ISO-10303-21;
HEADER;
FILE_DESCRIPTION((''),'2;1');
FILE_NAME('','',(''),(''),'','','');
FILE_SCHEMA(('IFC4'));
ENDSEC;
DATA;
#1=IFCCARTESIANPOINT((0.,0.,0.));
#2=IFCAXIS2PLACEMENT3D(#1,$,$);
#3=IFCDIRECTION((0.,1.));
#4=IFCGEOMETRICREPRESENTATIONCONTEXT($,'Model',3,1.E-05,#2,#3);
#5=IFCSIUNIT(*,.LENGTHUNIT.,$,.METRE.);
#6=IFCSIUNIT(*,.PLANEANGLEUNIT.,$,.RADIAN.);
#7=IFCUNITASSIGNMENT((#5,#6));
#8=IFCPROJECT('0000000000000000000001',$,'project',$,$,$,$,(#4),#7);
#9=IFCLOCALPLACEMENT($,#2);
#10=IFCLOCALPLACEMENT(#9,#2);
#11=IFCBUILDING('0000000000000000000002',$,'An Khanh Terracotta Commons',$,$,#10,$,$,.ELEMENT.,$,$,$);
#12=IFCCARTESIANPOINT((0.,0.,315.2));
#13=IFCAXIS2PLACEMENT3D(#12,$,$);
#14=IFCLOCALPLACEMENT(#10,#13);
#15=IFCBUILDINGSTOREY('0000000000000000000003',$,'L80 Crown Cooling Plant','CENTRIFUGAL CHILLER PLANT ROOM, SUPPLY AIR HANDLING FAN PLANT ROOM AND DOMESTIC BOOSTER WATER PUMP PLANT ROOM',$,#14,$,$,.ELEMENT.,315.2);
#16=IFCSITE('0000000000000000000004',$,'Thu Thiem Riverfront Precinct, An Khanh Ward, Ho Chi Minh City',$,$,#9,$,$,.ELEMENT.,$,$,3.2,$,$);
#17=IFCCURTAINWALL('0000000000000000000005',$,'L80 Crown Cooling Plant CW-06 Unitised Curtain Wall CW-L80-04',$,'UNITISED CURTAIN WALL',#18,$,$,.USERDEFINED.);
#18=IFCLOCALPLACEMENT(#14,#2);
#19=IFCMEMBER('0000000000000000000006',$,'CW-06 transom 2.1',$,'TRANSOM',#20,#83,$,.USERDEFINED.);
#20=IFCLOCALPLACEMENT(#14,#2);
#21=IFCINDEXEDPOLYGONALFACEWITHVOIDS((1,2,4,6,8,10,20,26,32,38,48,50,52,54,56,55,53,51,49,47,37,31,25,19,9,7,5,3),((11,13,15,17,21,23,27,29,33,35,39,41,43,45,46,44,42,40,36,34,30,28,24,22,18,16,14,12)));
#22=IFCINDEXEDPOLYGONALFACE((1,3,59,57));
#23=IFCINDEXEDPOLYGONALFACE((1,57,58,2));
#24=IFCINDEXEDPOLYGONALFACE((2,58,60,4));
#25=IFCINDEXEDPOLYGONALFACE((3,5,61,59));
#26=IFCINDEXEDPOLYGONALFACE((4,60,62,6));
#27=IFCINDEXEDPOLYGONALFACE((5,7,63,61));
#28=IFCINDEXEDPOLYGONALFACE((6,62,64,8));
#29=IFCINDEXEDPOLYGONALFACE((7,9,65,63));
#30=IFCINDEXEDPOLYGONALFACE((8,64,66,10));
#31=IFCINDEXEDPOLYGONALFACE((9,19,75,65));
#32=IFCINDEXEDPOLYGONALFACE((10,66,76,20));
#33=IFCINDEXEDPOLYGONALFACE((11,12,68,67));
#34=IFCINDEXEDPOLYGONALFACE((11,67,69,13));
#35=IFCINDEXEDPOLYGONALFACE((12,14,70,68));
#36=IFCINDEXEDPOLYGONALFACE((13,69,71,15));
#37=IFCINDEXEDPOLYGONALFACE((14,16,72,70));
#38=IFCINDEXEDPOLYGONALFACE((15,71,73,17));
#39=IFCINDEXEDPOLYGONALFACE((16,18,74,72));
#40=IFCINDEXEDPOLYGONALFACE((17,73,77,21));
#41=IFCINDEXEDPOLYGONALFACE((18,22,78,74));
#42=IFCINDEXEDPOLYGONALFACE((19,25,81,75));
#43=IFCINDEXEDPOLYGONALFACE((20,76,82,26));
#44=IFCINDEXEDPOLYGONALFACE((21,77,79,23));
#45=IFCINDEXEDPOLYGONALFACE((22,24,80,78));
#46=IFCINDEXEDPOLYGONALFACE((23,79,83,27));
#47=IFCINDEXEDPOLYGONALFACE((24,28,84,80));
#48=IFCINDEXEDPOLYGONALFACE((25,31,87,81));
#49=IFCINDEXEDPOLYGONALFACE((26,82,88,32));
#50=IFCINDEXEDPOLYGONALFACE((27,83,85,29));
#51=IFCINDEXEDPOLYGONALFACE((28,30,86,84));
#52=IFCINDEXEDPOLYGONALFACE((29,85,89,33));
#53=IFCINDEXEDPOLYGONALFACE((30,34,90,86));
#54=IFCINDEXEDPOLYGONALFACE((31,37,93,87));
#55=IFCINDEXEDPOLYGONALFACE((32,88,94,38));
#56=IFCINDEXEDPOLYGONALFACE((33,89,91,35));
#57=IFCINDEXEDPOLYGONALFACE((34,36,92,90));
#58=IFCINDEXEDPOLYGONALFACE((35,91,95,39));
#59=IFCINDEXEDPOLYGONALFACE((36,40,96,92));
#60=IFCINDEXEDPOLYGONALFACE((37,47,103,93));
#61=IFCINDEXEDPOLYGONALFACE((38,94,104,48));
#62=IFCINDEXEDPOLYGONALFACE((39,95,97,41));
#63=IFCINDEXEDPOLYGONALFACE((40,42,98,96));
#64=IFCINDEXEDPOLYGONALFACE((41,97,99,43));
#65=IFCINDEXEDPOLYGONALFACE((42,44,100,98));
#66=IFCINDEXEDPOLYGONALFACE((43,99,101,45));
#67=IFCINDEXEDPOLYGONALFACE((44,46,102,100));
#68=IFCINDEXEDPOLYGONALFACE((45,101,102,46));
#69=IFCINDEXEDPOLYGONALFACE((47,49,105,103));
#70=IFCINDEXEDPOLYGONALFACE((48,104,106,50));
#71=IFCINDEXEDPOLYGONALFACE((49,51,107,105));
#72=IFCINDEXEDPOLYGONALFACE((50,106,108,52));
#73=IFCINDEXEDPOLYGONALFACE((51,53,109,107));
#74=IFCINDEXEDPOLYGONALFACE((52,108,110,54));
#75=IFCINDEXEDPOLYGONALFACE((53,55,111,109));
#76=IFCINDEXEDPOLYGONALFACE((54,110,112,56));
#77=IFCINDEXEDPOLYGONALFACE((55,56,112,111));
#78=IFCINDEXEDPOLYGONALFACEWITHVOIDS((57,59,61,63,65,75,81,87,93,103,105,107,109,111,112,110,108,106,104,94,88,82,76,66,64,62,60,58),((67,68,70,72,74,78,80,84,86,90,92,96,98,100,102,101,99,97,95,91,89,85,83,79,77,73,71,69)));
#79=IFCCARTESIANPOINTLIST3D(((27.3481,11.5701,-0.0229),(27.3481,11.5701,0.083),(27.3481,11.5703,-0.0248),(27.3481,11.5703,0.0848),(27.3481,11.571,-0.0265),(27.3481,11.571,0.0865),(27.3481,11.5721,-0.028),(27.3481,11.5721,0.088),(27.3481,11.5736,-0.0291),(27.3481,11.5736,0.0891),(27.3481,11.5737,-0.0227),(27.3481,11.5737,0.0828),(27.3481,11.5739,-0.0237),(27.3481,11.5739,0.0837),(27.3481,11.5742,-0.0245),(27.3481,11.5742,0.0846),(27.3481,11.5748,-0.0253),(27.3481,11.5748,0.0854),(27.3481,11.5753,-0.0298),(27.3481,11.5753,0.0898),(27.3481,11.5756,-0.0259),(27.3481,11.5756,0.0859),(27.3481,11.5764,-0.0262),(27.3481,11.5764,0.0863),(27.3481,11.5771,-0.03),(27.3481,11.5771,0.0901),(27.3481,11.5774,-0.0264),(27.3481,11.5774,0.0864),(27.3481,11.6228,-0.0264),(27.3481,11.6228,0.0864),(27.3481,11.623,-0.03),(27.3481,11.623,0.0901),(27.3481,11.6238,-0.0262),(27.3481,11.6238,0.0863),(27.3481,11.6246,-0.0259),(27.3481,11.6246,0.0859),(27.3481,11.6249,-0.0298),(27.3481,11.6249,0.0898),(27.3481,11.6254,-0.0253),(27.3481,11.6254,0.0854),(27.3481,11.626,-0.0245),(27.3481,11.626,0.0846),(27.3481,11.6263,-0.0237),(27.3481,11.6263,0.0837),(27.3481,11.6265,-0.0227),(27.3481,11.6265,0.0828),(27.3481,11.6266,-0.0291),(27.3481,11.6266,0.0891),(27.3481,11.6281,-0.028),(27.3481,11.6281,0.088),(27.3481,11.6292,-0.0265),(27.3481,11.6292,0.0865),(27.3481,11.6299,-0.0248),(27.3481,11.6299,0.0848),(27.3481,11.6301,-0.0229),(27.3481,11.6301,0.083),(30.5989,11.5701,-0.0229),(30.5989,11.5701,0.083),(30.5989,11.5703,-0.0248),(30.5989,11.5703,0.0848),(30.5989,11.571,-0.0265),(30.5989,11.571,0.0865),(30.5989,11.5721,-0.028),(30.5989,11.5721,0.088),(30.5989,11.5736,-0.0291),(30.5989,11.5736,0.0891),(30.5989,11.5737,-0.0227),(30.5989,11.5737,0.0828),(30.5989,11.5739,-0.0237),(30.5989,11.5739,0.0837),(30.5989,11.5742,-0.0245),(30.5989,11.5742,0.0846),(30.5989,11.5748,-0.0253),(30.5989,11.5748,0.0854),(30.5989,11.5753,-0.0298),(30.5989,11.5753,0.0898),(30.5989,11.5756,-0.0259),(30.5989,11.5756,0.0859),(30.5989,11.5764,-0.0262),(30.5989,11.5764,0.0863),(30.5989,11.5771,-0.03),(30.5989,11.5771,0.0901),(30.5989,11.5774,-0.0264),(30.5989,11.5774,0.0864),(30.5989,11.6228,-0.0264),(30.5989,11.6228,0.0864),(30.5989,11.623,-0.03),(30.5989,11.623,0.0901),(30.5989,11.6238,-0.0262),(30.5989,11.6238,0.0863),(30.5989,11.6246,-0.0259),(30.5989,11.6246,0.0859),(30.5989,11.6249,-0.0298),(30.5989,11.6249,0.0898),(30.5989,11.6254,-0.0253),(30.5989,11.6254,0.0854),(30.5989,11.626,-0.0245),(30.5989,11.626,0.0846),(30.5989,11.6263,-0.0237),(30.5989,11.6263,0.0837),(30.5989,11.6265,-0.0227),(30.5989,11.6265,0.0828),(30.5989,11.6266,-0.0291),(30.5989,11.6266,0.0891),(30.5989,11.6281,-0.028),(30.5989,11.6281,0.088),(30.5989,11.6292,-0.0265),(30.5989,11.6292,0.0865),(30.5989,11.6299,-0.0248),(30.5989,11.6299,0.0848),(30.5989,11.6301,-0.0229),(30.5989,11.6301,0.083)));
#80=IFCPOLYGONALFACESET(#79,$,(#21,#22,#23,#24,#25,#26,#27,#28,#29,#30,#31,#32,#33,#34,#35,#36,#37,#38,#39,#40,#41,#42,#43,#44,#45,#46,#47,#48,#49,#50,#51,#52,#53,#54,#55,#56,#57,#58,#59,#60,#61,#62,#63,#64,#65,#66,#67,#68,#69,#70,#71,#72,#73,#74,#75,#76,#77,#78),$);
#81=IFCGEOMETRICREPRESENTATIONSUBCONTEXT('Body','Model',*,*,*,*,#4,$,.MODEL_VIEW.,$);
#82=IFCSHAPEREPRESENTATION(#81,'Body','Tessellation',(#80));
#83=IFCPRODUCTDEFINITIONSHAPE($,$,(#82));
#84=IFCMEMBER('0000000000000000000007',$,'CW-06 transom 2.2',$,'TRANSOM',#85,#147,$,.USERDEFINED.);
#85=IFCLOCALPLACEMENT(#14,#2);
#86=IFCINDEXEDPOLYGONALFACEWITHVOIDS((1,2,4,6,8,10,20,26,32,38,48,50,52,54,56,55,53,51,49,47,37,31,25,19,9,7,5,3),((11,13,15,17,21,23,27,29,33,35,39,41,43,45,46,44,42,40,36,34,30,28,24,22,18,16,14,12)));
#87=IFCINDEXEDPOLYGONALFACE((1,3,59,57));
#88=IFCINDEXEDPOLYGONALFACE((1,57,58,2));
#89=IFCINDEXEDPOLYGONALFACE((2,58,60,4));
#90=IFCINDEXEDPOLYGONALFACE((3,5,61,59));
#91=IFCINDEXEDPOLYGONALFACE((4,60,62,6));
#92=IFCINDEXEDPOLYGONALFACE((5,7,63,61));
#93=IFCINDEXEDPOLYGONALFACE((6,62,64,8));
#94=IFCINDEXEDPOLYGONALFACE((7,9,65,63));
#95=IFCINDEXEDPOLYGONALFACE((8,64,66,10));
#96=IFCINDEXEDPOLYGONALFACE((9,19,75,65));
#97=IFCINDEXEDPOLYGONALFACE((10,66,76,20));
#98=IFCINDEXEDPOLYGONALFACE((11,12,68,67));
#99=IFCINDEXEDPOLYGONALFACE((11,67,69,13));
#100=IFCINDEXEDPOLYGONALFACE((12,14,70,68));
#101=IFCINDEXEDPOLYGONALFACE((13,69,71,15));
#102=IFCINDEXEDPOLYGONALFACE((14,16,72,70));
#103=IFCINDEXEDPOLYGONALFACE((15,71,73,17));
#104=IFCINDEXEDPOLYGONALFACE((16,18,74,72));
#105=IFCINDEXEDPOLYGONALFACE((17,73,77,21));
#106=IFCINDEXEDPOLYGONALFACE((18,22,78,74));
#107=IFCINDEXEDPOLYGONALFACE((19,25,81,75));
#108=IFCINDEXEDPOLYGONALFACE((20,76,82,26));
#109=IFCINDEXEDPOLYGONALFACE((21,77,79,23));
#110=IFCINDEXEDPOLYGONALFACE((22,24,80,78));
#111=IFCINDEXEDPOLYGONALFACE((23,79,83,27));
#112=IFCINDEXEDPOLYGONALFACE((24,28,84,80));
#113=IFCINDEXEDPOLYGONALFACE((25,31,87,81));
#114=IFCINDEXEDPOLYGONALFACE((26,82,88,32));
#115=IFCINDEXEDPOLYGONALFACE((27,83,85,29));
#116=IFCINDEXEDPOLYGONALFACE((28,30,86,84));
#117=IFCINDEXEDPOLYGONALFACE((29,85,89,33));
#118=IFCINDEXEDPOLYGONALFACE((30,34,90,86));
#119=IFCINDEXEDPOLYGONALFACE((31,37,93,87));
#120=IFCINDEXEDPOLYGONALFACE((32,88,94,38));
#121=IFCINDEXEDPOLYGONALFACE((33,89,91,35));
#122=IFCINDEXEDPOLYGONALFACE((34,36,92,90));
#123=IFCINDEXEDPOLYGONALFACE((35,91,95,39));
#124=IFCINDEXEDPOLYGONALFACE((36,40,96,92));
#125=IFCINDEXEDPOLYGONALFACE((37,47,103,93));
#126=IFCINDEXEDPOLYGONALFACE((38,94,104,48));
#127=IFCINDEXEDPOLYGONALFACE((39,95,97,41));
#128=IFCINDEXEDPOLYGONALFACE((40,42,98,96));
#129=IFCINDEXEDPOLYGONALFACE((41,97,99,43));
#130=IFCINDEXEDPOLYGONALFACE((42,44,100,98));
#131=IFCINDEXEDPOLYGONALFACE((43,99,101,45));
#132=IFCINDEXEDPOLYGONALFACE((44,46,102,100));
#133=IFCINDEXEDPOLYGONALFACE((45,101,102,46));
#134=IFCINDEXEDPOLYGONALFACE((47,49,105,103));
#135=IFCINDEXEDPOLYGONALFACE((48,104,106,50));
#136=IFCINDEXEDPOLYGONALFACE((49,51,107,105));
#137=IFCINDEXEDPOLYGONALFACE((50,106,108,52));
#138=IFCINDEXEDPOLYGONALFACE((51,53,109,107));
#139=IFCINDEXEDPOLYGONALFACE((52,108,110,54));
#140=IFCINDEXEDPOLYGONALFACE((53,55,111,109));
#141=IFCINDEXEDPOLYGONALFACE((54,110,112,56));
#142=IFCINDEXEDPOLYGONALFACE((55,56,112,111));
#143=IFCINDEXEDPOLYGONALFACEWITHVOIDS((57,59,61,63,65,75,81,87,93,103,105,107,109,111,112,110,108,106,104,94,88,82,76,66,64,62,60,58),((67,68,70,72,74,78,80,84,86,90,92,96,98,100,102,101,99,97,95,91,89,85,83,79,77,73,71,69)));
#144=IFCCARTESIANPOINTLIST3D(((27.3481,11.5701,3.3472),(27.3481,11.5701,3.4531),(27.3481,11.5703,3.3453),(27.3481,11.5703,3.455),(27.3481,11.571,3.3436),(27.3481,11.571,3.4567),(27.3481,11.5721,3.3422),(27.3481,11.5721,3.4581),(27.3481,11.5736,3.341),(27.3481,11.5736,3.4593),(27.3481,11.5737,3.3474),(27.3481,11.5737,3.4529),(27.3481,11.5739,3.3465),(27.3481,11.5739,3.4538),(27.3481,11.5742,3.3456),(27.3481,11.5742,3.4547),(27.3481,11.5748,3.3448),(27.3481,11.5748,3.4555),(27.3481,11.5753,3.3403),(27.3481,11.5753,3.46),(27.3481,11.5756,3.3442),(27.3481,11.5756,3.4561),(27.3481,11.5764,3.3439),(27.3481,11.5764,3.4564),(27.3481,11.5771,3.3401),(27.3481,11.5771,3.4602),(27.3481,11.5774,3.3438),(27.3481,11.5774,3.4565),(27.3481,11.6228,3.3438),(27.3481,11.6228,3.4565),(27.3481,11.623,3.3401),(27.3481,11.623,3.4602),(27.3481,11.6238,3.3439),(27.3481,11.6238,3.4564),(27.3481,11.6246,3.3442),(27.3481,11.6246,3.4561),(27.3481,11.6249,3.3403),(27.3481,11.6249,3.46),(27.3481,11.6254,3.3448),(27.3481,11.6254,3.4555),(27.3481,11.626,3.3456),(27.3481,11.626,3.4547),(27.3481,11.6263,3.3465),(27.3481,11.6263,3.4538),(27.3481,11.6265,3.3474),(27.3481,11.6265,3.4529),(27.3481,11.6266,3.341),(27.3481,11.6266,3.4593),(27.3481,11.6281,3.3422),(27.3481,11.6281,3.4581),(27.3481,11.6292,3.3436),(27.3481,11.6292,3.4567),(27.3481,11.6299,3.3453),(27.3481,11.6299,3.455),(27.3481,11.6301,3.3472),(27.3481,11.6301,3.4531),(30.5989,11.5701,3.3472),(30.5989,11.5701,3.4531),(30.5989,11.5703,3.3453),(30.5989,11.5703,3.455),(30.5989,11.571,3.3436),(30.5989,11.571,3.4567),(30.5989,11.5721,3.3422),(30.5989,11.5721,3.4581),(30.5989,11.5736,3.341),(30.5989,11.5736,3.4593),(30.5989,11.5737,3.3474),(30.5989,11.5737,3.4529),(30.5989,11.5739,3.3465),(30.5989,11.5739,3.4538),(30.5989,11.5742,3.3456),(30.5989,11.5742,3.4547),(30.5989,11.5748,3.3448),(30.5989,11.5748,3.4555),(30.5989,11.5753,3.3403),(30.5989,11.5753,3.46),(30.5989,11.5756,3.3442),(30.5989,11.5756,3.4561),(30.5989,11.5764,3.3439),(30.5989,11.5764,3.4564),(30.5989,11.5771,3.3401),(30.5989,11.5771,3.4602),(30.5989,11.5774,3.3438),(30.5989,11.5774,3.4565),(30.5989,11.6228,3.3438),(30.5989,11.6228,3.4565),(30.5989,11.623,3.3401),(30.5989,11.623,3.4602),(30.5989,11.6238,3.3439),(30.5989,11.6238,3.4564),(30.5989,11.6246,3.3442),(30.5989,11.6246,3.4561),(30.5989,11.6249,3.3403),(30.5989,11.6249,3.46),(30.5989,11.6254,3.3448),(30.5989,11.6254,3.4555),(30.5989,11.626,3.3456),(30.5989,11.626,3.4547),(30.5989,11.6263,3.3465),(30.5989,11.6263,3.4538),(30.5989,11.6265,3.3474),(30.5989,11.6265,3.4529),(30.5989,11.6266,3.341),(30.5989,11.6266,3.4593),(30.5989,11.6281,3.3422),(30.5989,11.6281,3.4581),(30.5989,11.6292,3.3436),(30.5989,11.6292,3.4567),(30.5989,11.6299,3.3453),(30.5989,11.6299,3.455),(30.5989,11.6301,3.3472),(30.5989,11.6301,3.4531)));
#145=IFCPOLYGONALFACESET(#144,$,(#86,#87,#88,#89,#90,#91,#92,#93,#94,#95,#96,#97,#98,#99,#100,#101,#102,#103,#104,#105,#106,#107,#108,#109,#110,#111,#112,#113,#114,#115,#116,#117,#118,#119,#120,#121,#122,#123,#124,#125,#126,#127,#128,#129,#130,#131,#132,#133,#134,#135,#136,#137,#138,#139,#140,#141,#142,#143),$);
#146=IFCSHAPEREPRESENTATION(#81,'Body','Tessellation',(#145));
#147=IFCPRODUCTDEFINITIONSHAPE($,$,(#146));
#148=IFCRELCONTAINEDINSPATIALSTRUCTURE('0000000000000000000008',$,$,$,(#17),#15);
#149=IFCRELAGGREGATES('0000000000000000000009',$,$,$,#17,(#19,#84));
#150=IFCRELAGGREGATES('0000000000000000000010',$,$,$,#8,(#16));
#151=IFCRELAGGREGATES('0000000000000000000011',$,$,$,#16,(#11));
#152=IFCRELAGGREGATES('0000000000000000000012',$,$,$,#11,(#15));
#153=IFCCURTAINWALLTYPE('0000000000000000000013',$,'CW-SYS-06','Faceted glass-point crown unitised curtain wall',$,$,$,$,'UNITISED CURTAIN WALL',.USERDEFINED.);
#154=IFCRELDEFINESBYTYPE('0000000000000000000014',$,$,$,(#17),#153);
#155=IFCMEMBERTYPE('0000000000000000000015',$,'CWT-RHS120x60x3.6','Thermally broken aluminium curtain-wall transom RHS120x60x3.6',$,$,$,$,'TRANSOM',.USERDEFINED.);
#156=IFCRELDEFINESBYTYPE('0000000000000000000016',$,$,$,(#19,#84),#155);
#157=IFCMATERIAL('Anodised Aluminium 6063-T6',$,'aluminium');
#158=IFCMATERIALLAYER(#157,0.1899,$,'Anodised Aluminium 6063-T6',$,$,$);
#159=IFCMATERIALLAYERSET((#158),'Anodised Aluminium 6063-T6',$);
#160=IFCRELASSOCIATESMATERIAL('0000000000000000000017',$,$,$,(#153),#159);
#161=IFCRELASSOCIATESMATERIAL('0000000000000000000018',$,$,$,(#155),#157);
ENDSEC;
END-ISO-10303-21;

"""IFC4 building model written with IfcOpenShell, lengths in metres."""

from ifc_helpers import new_model, si_unit, direction, frame, origin, origin_2d, place, context, subcontext, project, spatial, hollow_rectangle, extrude, material, layer, layer_set, material_profile, profile_set, type_object, element, aggregate, save


model = new_model("IFC4")

# Units and contexts
model_context = context("Model", 3, precision=1e-05, world=origin(), true_north=direction((0.0, 1.0)))
body_context = subcontext(model_context, "Body", "Model", "MODEL_VIEW")
ifc_project = project(units=[si_unit("LENGTHUNIT", "METRE"), si_unit("PLANEANGLEUNIT", "RADIAN")], contexts=[model_context])

# Site, building, storey
site_placement = place(None, origin())
site = spatial("IfcSite", under=ifc_project, at=site_placement, Name="Thu Thiem Riverfront Precinct, An Khanh Ward, Ho Chi Minh City", CompositionType="ELEMENT", RefElevation=3.2)
building_placement = place(site_placement, origin())
building = spatial("IfcBuilding", under=site, at=building_placement, Name="An Khanh Terracotta Commons", CompositionType="ELEMENT")
storey_placement = place(building_placement, frame((0.0, 0.0, 315.2)))
storey = spatial("IfcBuildingStorey", under=building, at=storey_placement, Name="L80 Crown Cooling Plant", Description="CENTRIFUGAL CHILLER PLANT ROOM, SUPPLY AIR HANDLING FAN PLANT ROOM AND DOMESTIC BOOSTER WATER PUMP PLANT ROOM", CompositionType="ELEMENT", Elevation=315.2)

# Curtain wall, members
ifc_material_1 = material(Name="Anodised Aluminium 6063-T6", Category="aluminium")
ifc_layer_1 = layer(ifc_material_1, 0.1899, Name="Anodised Aluminium 6063-T6")
ifc_layer_set_1 = layer_set([ifc_layer_1], Name="Anodised Aluminium 6063-T6")
curtain_wall_type = type_object("IfcCurtainWallType", Name="CW-SYS-06", Description="Faceted glass-point crown unitised curtain wall", ElementType="UNITISED CURTAIN WALL", PredefinedType="USERDEFINED", material=ifc_layer_set_1)
curtain_wall_placement = place(storey_placement, origin())
curtain_wall = element("IfcCurtainWall", 1, at=curtain_wall_placement, inside=storey, type_object=curtain_wall_type, Name="L80 Crown Cooling Plant CW-06 Unitised Curtain Wall CW-L80-04", ObjectType="UNITISED CURTAIN WALL", PredefinedType="USERDEFINED")
ifc_material_profile_1 = material_profile(ifc_material_1, hollow_rectangle(XDim=0.0601, YDim=0.1201, WallThickness=0.0037, InnerFilletRadius=0.0037, OuterFilletRadius=0.0071, at=origin_2d()), Name="RHS120x60x3.6")
ifc_profile_set_1 = profile_set([ifc_material_profile_1], Name="Anodised Aluminium 6063-T6")
member_type_1 = type_object("IfcMemberType", Name="CWT-RHS120x60x3.6", Description="Thermally broken aluminium curtain-wall transom RHS120x60x3.6", ElementType="TRANSOM", PredefinedType="USERDEFINED", material=ifc_profile_set_1)
member_1_placement = place(storey_placement, frame((27.3481, 11.6001, 0.03), z_axis=(1.0, 0.0, 0.0), x_axis=(0.0, 1.0, 0.0)))
member_1 = element("IfcMember", 2, at=member_1_placement, type_object=member_type_1, Name="CW-06 transom 2.1", ObjectType="TRANSOM", PredefinedType="USERDEFINED", context=body_context, shape_type="SweptSolid", body=[
    extrude(hollow_rectangle(XDim=0.0601, YDim=0.1201, WallThickness=0.0037, InnerFilletRadius=0.0037, OuterFilletRadius=0.0071, at=origin_2d()), origin(), (0.0, 0.0, 1.0), 3.2507),
])
member_2_placement = place(storey_placement, frame((27.3481, 11.6001, 3.4001), z_axis=(1.0, 0.0, 0.0), x_axis=(0.0, 1.0, 0.0)))
member_2 = element("IfcMember", 3, at=member_2_placement, type_object=member_type_1, Name="CW-06 transom 2.2", ObjectType="TRANSOM", PredefinedType="USERDEFINED", context=body_context, shape_type="SweptSolid", body=[
    extrude(hollow_rectangle(XDim=0.0601, YDim=0.1201, WallThickness=0.0037, InnerFilletRadius=0.0037, OuterFilletRadius=0.0071, at=origin_2d()), origin(), (0.0, 0.0, 1.0), 3.2507),
])
aggregate(curtain_wall, [member_1, member_2])

save(model, "model.ifc")
